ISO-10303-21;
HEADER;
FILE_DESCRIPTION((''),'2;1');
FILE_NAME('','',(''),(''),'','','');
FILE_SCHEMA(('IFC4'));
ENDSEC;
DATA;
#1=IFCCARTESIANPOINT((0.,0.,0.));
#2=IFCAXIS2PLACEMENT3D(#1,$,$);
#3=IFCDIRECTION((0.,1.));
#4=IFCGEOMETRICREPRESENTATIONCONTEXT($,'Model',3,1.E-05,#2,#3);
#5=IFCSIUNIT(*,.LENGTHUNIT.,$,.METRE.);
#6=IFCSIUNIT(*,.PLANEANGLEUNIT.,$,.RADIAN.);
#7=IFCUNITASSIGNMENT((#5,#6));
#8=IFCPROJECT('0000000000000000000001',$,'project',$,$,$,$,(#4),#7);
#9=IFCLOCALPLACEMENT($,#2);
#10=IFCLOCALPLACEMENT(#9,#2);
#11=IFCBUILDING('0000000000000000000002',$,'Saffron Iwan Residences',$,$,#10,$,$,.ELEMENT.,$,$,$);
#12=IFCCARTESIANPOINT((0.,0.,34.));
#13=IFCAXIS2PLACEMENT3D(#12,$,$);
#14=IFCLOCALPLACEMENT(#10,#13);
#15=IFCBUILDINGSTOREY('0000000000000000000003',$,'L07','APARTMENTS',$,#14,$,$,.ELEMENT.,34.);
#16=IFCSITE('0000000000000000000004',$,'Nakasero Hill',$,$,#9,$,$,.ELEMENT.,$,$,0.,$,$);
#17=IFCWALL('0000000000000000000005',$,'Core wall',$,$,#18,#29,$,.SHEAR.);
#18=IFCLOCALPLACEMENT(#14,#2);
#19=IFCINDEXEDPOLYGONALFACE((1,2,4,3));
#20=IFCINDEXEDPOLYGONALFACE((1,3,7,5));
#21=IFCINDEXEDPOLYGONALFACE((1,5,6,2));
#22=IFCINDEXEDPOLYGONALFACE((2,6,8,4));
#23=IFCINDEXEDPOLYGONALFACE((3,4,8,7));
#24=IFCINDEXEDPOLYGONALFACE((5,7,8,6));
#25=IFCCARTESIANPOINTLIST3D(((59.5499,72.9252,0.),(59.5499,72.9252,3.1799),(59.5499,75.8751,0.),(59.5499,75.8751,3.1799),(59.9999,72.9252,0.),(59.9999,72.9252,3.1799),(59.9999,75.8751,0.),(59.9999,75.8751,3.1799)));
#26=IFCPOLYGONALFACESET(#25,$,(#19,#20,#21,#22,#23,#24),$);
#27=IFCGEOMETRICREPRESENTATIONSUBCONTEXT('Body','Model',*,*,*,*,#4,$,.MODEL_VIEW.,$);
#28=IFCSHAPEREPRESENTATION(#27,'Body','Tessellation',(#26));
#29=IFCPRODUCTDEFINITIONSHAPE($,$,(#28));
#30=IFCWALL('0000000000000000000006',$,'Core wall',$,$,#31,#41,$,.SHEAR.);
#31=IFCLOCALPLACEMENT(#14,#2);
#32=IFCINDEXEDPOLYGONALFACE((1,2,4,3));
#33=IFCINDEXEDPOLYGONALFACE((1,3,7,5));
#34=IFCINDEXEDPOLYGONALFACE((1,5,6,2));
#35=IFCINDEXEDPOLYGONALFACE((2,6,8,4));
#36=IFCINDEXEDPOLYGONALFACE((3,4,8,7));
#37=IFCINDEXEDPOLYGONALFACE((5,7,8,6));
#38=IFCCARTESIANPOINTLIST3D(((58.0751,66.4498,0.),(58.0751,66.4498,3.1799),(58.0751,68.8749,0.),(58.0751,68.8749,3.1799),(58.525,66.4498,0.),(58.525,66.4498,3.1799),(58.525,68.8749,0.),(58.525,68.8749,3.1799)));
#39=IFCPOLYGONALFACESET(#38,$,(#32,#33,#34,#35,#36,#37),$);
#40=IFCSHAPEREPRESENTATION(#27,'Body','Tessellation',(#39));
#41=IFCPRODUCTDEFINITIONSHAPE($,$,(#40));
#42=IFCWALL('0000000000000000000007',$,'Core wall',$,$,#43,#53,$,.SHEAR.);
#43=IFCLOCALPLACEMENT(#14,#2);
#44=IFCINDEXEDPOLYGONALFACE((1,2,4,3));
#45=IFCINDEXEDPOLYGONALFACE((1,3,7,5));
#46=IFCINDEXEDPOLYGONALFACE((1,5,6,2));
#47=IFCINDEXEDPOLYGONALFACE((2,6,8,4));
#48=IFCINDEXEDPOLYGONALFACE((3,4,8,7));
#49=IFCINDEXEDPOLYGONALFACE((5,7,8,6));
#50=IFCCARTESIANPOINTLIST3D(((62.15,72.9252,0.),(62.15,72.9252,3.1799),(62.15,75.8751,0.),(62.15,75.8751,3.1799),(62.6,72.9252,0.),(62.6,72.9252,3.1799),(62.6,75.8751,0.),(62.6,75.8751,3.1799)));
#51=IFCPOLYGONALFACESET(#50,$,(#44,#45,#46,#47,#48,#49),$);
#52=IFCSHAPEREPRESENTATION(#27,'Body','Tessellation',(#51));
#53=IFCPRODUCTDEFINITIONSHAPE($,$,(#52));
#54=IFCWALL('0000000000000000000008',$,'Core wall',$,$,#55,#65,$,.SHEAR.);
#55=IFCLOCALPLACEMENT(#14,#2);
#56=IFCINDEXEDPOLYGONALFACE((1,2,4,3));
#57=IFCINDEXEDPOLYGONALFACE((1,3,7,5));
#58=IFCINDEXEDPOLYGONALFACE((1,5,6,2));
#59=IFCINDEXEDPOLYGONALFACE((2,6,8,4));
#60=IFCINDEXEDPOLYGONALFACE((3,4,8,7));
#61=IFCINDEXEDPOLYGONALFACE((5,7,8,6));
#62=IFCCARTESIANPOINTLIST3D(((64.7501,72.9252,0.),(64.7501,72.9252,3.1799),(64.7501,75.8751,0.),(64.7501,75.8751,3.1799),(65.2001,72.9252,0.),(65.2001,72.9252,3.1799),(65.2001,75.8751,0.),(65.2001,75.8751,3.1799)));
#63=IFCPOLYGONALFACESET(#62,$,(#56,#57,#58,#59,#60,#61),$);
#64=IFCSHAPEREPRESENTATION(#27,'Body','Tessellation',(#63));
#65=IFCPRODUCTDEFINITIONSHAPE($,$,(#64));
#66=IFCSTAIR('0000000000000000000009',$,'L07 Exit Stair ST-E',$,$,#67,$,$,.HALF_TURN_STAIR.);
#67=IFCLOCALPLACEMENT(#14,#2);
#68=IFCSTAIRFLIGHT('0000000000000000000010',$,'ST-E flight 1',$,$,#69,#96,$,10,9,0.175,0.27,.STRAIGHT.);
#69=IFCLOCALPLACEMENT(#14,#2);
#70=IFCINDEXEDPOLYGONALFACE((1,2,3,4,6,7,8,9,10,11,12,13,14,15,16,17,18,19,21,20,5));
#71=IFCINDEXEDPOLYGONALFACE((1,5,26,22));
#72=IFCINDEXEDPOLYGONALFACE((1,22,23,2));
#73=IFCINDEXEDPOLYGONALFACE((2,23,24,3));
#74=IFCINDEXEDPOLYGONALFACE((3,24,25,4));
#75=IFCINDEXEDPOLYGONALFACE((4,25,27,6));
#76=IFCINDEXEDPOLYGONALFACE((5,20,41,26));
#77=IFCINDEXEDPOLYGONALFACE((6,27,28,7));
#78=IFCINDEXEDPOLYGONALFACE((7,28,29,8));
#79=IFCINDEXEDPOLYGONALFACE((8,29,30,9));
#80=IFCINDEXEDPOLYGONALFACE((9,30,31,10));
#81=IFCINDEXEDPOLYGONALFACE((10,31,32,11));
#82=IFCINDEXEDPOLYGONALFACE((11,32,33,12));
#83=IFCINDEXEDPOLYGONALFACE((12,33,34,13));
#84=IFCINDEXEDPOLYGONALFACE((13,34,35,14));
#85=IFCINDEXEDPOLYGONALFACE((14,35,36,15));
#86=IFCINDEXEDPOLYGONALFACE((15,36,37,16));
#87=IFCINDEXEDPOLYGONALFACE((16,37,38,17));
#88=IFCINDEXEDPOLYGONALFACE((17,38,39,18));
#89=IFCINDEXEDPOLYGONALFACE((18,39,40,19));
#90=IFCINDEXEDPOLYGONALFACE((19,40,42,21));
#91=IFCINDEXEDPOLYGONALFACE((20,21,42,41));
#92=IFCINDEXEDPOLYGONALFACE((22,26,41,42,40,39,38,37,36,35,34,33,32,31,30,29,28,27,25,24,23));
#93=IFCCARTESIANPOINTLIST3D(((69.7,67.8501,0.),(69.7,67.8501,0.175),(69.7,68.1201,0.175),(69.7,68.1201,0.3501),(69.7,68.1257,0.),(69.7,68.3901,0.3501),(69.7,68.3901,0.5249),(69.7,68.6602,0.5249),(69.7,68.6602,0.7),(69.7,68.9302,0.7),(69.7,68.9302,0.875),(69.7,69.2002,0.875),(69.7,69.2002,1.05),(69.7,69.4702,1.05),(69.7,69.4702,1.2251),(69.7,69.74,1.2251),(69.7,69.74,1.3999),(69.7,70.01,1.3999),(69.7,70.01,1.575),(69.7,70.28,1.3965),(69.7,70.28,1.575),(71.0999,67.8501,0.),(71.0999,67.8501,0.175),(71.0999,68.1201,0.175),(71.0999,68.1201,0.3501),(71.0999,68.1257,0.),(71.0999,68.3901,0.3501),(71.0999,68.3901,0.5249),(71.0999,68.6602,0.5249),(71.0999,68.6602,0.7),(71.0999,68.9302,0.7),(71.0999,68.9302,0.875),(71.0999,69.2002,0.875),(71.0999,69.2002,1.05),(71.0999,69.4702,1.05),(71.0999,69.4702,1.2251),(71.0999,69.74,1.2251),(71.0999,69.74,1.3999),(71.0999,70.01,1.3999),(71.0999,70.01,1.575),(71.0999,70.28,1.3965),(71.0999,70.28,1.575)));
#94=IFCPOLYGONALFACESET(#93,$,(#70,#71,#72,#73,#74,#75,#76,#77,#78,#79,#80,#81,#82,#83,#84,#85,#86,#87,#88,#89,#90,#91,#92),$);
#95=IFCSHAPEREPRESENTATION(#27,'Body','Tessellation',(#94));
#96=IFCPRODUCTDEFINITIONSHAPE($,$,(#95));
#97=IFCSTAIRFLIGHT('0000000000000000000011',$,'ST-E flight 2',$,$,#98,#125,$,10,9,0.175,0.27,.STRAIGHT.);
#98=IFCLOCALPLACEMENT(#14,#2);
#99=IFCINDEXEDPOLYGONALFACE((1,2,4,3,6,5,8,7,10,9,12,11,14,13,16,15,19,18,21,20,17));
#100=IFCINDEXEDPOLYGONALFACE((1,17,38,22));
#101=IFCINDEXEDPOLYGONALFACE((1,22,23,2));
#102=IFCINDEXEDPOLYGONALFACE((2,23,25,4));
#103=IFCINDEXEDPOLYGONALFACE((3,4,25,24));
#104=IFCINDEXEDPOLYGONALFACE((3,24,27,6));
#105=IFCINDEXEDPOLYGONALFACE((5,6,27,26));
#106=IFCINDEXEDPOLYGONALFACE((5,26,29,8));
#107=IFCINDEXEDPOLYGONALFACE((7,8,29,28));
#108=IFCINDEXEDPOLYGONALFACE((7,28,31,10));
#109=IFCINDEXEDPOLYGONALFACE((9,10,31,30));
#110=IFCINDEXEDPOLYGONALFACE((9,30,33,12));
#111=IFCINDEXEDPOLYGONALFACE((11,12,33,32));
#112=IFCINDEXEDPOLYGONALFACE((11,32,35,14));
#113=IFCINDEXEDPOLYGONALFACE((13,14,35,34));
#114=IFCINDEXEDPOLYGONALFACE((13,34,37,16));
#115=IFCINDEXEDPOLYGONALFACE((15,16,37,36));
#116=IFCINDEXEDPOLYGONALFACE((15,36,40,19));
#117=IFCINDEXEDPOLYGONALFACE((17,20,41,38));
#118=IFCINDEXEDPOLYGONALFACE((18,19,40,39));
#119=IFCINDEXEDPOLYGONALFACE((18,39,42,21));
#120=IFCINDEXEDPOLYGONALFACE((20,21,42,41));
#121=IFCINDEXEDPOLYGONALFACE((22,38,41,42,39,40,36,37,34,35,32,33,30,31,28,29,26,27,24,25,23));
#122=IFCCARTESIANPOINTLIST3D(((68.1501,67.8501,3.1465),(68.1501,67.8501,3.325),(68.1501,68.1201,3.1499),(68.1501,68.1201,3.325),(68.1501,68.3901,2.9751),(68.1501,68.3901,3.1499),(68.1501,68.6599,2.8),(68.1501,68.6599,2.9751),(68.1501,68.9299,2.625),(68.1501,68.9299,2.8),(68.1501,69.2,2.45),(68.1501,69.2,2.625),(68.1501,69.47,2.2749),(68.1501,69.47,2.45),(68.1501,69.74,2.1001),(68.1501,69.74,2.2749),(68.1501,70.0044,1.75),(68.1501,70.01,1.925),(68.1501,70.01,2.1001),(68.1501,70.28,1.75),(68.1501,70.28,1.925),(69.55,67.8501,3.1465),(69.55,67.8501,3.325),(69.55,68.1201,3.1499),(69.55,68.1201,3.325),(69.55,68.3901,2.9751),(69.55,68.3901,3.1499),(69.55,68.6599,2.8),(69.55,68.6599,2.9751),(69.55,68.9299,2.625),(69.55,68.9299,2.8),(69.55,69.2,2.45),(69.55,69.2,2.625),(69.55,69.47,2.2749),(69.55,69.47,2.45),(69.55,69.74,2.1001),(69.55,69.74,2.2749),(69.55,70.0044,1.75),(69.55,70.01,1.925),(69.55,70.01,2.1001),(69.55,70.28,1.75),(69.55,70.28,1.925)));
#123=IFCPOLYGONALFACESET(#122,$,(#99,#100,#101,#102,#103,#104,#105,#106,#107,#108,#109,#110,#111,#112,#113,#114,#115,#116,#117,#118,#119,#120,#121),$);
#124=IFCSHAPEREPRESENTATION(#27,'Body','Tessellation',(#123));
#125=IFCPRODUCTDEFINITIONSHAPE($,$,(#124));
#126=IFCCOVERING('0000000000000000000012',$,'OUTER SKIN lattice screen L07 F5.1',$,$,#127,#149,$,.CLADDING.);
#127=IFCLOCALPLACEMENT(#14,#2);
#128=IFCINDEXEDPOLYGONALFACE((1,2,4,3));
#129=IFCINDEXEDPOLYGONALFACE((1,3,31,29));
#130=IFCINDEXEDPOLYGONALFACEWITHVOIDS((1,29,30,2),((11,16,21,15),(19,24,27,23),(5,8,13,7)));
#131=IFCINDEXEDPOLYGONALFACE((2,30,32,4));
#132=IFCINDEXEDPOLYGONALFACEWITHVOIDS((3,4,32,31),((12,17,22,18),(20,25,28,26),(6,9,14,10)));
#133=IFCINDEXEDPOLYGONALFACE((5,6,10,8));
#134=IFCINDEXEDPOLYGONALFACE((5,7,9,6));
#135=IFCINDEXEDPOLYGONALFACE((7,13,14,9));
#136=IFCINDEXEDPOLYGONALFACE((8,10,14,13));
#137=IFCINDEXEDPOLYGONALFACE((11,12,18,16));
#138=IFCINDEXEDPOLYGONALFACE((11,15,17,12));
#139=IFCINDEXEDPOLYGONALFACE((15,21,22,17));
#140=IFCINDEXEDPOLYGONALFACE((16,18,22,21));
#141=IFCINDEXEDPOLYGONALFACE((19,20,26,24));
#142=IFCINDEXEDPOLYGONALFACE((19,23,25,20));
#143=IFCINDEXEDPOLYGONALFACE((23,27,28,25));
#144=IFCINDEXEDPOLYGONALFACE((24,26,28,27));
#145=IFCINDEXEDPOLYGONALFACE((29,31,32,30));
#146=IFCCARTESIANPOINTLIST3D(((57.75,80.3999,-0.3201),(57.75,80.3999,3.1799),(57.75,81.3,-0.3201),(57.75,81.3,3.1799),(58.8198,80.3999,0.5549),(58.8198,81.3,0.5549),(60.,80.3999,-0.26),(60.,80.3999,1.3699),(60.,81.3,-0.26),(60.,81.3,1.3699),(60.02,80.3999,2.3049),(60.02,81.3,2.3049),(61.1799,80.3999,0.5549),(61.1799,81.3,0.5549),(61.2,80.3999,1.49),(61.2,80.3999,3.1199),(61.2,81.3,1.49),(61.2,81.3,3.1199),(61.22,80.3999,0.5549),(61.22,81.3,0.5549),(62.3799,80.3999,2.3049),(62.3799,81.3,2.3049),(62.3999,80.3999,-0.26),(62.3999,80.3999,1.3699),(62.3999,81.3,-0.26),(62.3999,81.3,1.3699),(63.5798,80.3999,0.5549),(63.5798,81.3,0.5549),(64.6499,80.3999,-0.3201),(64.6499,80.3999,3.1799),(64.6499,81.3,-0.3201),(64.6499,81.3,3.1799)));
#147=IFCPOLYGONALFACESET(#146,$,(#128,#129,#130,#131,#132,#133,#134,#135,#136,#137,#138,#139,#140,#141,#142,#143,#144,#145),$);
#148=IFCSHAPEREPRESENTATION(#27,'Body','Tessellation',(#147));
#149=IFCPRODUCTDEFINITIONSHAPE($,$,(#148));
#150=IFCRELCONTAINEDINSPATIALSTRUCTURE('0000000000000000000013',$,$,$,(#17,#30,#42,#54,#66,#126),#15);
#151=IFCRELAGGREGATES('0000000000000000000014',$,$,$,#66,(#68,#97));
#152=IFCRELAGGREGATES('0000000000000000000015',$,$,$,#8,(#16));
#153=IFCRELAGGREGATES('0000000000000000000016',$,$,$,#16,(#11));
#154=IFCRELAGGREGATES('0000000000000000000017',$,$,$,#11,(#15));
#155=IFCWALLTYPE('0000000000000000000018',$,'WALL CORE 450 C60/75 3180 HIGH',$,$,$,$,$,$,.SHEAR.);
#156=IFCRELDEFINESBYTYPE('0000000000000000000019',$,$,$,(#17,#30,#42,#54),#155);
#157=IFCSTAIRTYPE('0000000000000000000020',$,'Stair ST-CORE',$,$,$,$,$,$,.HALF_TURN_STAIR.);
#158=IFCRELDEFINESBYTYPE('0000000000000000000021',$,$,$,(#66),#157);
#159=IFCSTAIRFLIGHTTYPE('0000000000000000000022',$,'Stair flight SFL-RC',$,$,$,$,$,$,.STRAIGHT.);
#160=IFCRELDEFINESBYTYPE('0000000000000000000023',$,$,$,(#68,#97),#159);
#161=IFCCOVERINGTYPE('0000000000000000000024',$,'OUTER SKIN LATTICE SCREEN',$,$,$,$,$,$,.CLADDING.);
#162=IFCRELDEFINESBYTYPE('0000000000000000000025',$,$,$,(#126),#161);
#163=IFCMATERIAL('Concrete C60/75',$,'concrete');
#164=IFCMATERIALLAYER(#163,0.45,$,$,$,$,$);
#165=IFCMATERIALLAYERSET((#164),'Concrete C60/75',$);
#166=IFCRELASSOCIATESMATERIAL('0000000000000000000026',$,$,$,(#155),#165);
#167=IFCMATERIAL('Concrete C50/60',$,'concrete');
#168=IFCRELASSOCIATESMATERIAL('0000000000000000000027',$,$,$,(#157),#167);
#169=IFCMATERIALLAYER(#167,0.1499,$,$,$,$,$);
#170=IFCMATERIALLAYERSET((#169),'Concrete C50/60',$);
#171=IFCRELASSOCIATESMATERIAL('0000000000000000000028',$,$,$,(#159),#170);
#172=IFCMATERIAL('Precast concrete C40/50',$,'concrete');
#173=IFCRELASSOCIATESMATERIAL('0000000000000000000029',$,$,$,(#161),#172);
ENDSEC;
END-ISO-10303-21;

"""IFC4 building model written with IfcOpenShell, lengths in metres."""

from ifc_helpers import new_model, si_unit, direction, frame, frame_2d, origin, place, context, subcontext, project, spatial, polyline, rectangle, outline, extrude, material, layer, layer_set, type_object, element, aggregate, save


model = new_model("IFC4")

# Units and contexts
model_context = context("Model", 3, precision=1e-05, world=origin(), true_north=direction((0.0, 1.0)))
body_context = subcontext(model_context, "Body", "Model", "MODEL_VIEW")
ifc_project = project(units=[si_unit("LENGTHUNIT", "METRE"), si_unit("PLANEANGLEUNIT", "RADIAN")], contexts=[model_context])

# Site, building, storey
site_placement = place(None, origin())
site = spatial("IfcSite", under=ifc_project, at=site_placement, Name="Nakasero Hill", CompositionType="ELEMENT", RefElevation=0.0)
building_placement = place(site_placement, origin())
building = spatial("IfcBuilding", under=site, at=building_placement, Name="Saffron Iwan Residences", CompositionType="ELEMENT")
storey_placement = place(building_placement, frame((0.0, 0.0, 34.0)))
storey = spatial("IfcBuildingStorey", under=building, at=storey_placement, Name="L07", Description="APARTMENTS", CompositionType="ELEMENT", Elevation=34.0)

# Shared definitions
ifc_material_1 = material(Name="Concrete C60/75", Category="concrete")

# Shared definitions
ifc_layer_1 = layer(ifc_material_1, 0.45)
ifc_layer_set_1 = layer_set([ifc_layer_1], Name="Concrete C60/75")
wall_type_1 = type_object("IfcWallType", Name="WALL CORE 450 C60/75 3180 HIGH", PredefinedType="SHEAR", material=ifc_layer_set_1)

# Walls
wall_1_placement = place(storey_placement, frame((59.7749, 72.925, 0.0), z_axis=(0.0, 0.0, 1.0), x_axis=(0.0, 1.0, 0.0)))
element("IfcWall", 1, at=wall_1_placement, inside=storey, type_object=wall_type_1, Name="Core wall", PredefinedType="SHEAR", context=body_context, shape_type="SweptSolid", body=[
    extrude(rectangle(XDim=2.95, YDim=0.45, at=frame_2d((1.4751, 0.0))), origin(), (0.0, 0.0, 1.0), 3.1799),
])
wall_2_placement = place(storey_placement, frame((58.3, 66.45, 0.0), z_axis=(0.0, 0.0, 1.0), x_axis=(0.0, 1.0, 0.0)))
element("IfcWall", 2, at=wall_2_placement, inside=storey, type_object=wall_type_1, Name="Core wall", PredefinedType="SHEAR", context=body_context, shape_type="SweptSolid", body=[
    extrude(rectangle(XDim=2.425, YDim=0.45, at=frame_2d((1.2124, 0.0))), origin(), (0.0, 0.0, 1.0), 3.1799),
])
for number, where, z_axis, x_axis, name in (
    (3, (62.375, 72.925, 0.0), (0.0, 0.0, 1.0), (0.0, 1.0, 0.0), "Core wall"),
    (4, (64.9751, 72.925, 0.0), (0.0, 0.0, 1.0), (0.0, 1.0, 0.0), "Core wall"),
):
    element("IfcWall", number, at=place(storey_placement, frame(where, z_axis=z_axis, x_axis=x_axis)), inside=storey, type_object=wall_type_1, Name=name, PredefinedType="SHEAR", context=body_context, shape_type="SweptSolid", body=[
        extrude(rectangle(XDim=2.95, YDim=0.45, at=frame_2d((1.4751, 0.0))), origin(), (0.0, 0.0, 1.0), 3.1799),
    ])

# Stair, stair flights
ifc_material_2 = material(Name="Concrete C50/60", Category="concrete")
stair_type = type_object("IfcStairType", Name="Stair ST-CORE", PredefinedType="HALF_TURN_STAIR", material=ifc_material_2)
stair_placement = place(storey_placement, origin())
stair = element("IfcStair", 5, at=stair_placement, inside=storey, type_object=stair_type, Name="L07 Exit Stair ST-E", PredefinedType="HALF_TURN_STAIR")
ifc_layer_2 = layer(ifc_material_2, 0.1499)
ifc_layer_set_2 = layer_set([ifc_layer_2], Name="Concrete C50/60")
stair_flight_type = type_object("IfcStairFlightType", Name="Stair flight SFL-RC", PredefinedType="STRAIGHT", material=ifc_layer_set_2)
stair_flight_1_placement = place(storey_placement, frame((70.3999, 67.8501, 0.0), z_axis=(0.0, 0.0, 1.0), x_axis=(0.0, 1.0, 0.0)))
stair_flight_1 = element("IfcStairFlight", 6, at=stair_flight_1_placement, type_object=stair_flight_type, Name="ST-E flight 1", NumberOfRisers=10, NumberOfTreads=9, PredefinedType="STRAIGHT", RiserHeight=0.175, TreadLength=0.27, context=body_context, shape_type="SweptSolid", body=[
    extrude(outline(polyline([(0.0, 0.0), (0.0, 0.175), (0.27, 0.175), (0.27, 0.3501), (0.54, 0.3501), (0.54, 0.5249), (0.8101, 0.5249), (0.8101, 0.7), (1.0801, 0.7), (1.0801, 0.875), (1.3501, 0.875), (1.3501, 1.05), (1.6201, 1.05), (1.6201, 1.2251), (1.8899, 1.2251), (1.8899, 1.3999), (2.1599, 1.3999), (2.1599, 1.575), (2.4299, 1.575), (2.4299, 1.75), (2.4299, 1.3965), (0.2756, 0.0), (0.0, 0.0)])), frame((0.0, 0.7, 0.0), z_axis=(0.0, -1.0, 0.0), x_axis=(1.0, 0.0, 0.0)), (0.0, 0.0, 1.0), 1.3999),
])
stair_flight_2_placement = place(storey_placement, frame((68.8501, 70.28, 1.75), z_axis=(0.0, 0.0, 1.0), x_axis=(0.0, -1.0, 0.0)))
stair_flight_2 = element("IfcStairFlight", 7, at=stair_flight_2_placement, type_object=stair_flight_type, Name="ST-E flight 2", NumberOfRisers=10, NumberOfTreads=9, PredefinedType="STRAIGHT", RiserHeight=0.175, TreadLength=0.27, context=body_context, shape_type="SweptSolid", body=[
    extrude(outline(polyline([(0.0, 0.0), (0.0, 0.175), (0.27, 0.175), (0.27, 0.3501), (0.54, 0.3501), (0.54, 0.5249), (0.8101, 0.5249), (0.8101, 0.7), (1.0801, 0.7), (1.0801, 0.875), (1.3501, 0.875), (1.3501, 1.05), (1.6201, 1.05), (1.6201, 1.2251), (1.8899, 1.2251), (1.8899, 1.3999), (2.1599, 1.3999), (2.1599, 1.575), (2.4299, 1.575), (2.4299, 1.75), (2.4299, 1.3965), (0.2756, 0.0), (0.0, 0.0)])), frame((0.0, 0.7, 0.0), z_axis=(0.0, -1.0, 0.0), x_axis=(1.0, 0.0, 0.0)), (0.0, 0.0, 1.0), 1.3999),
])
aggregate(stair, [stair_flight_1, stair_flight_2])

# Covering
ifc_material_3 = material(Name="Precast concrete C40/50", Category="concrete")
covering_type_1 = type_object("IfcCoveringType", Name="OUTER SKIN LATTICE SCREEN", PredefinedType="CLADDING", material=ifc_material_3)
covering_placement = place(storey_placement, frame((64.6499, 80.3999, -0.3201), z_axis=(0.0, 1.0, 0.0), x_axis=(-1.0, 0.0, 0.0)))
element("IfcCovering", 8, at=covering_placement, inside=storey, type_object=covering_type_1, Name="OUTER SKIN lattice screen L07 F5.1", PredefinedType="CLADDING", context=body_context, shape_type="SweptSolid", body=[
    extrude(outline(polyline([(0.0, 0.0), (6.8999, 0.0), (6.8999, 3.5), (0.0, 3.5), (0.0, 0.0)]), holes=[polyline([(1.0701, 0.875), (2.25, 0.0601), (3.4299, 0.875), (2.25, 1.6899), (1.0701, 0.875)]), polyline([(3.47, 0.875), (4.6499, 0.0601), (5.8301, 0.875), (4.6499, 1.6899), (3.47, 0.875)]), polyline([(2.27, 2.625), (3.45, 1.8101), (4.6299, 2.625), (3.45, 3.4399), (2.27, 2.625)])]), origin(), (0.0, 0.0, 1.0), 0.9001),
])

save(model, "model.ifc")
